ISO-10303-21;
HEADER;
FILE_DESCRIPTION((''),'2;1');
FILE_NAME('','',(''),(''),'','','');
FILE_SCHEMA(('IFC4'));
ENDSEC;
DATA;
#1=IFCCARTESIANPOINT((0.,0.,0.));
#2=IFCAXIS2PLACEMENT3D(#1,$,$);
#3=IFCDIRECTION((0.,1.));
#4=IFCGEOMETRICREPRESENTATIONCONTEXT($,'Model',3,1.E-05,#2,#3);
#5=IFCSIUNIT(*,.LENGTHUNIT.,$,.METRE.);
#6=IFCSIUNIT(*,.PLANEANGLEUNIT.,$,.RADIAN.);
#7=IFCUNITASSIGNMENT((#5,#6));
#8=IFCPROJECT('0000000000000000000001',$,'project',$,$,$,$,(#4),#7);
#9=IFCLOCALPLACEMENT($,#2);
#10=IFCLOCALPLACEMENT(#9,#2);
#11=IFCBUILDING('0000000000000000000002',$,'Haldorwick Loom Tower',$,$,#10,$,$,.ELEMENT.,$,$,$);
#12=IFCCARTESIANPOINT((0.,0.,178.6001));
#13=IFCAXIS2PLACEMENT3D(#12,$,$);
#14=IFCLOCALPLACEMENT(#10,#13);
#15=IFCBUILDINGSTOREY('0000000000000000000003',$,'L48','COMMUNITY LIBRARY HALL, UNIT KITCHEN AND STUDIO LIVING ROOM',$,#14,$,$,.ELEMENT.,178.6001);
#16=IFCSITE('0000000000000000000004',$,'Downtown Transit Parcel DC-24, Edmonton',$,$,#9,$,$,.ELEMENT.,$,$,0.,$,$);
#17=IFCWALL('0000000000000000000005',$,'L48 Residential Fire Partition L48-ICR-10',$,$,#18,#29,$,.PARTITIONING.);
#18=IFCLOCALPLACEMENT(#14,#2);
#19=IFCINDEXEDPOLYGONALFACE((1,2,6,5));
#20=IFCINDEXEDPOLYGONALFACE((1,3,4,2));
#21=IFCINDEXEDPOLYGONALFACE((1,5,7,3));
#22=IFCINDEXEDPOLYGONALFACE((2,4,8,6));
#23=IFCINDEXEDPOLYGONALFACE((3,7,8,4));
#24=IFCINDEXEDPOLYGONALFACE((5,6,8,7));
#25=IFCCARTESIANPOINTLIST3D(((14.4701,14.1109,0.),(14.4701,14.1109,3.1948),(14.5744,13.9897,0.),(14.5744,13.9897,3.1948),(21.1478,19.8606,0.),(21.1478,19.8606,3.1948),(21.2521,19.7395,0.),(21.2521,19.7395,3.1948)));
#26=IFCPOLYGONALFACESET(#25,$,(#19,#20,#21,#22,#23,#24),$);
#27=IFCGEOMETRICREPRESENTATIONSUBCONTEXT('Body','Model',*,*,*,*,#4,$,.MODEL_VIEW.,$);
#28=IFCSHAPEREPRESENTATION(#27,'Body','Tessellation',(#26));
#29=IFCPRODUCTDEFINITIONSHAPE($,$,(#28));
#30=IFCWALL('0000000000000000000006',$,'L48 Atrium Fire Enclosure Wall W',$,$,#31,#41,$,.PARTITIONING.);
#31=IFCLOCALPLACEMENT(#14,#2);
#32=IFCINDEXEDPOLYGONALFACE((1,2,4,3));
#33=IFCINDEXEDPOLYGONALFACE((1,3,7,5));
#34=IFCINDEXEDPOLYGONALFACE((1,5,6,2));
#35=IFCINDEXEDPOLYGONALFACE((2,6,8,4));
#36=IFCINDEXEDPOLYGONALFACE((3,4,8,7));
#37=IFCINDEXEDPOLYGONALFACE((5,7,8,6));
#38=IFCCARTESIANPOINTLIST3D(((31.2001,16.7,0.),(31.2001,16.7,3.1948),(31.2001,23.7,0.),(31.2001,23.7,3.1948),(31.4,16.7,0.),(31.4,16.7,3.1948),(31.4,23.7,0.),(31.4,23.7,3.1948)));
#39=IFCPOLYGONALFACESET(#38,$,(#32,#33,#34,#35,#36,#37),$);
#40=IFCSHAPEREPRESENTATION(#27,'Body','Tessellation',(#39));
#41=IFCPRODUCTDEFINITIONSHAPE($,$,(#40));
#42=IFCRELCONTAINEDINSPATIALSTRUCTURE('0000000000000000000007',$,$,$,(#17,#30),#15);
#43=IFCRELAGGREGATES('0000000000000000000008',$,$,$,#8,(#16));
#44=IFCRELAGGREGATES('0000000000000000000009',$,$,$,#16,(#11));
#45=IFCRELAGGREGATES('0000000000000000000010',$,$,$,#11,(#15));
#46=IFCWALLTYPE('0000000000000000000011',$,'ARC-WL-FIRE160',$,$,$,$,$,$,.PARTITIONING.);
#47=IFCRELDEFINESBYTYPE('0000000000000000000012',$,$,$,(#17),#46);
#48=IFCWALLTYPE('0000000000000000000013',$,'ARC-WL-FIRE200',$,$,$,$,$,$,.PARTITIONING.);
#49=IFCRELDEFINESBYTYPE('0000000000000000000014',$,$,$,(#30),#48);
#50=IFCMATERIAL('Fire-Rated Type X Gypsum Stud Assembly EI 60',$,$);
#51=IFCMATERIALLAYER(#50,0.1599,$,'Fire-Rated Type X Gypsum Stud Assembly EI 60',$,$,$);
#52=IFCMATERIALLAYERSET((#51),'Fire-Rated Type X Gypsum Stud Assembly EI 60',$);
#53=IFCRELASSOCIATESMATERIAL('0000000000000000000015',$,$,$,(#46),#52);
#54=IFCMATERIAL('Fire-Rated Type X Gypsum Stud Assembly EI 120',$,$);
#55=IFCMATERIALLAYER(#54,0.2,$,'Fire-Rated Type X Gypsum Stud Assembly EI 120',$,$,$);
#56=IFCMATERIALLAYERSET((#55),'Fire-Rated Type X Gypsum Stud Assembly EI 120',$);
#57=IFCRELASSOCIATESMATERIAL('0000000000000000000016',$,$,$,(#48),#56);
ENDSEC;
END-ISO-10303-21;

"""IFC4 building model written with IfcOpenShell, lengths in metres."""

from ifc_helpers import new_model, si_unit, direction, frame, frame_2d, origin, place, context, subcontext, project, spatial, rectangle, extrude, material, layer, layer_set, type_object, element, save


model = new_model("IFC4")

# Units and contexts
model_context = context("Model", 3, precision=1e-05, world=origin(), true_north=direction((0.0, 1.0)))
body_context = subcontext(model_context, "Body", "Model", "MODEL_VIEW")
ifc_project = project(units=[si_unit("LENGTHUNIT", "METRE"), si_unit("PLANEANGLEUNIT", "RADIAN")], contexts=[model_context])

# Site, building, storey
site_placement = place(None, origin())
site = spatial("IfcSite", under=ifc_project, at=site_placement, Name="Downtown Transit Parcel DC-24, Edmonton", CompositionType="ELEMENT", RefElevation=0.0)
building_placement = place(site_placement, origin())
building = spatial("IfcBuilding", under=site, at=building_placement, Name="Haldorwick Loom Tower", CompositionType="ELEMENT")
storey_placement = place(building_placement, frame((0.0, 0.0, 178.6001)))
storey = spatial("IfcBuildingStorey", under=building, at=storey_placement, Name="L48", Description="COMMUNITY LIBRARY HALL, UNIT KITCHEN AND STUDIO LIVING ROOM", CompositionType="ELEMENT", Elevation=178.6001)

# Walls
ifc_material_1 = material(Name="Fire-Rated Type X Gypsum Stud Assembly EI 60")
ifc_layer_1 = layer(ifc_material_1, 0.1599, Name="Fire-Rated Type X Gypsum Stud Assembly EI 60")
ifc_layer_set_1 = layer_set([ifc_layer_1], Name="Fire-Rated Type X Gypsum Stud Assembly EI 60")
wall_type_1 = type_object("IfcWallType", Name="ARC-WL-FIRE160", PredefinedType="PARTITIONING", material=ifc_layer_set_1)
wall_1_placement = place(storey_placement, frame((21.2, 19.8, 0.0), z_axis=(0.0, 0.0, 1.0), x_axis=(-0.757798, -0.65249, 0.0)))
element("IfcWall", 1, at=wall_1_placement, inside=storey, type_object=wall_type_1, Name="L48 Residential Fire Partition L48-ICR-10", PredefinedType="PARTITIONING", context=body_context, shape_type="SweptSolid", body=[
    extrude(rectangle(XDim=8.812, YDim=0.1599, at=frame_2d((4.406, 0.0))), origin(), (0.0, 0.0, 1.0), 3.1948),
])
ifc_material_2 = material(Name="Fire-Rated Type X Gypsum Stud Assembly EI 120")
ifc_layer_2 = layer(ifc_material_2, 0.2, Name="Fire-Rated Type X Gypsum Stud Assembly EI 120")
ifc_layer_set_2 = layer_set([ifc_layer_2], Name="Fire-Rated Type X Gypsum Stud Assembly EI 120")
wall_type_2 = type_object("IfcWallType", Name="ARC-WL-FIRE200", PredefinedType="PARTITIONING", material=ifc_layer_set_2)
wall_2_placement = place(storey_placement, frame((31.3, 16.7, 0.0), z_axis=(0.0, 0.0, 1.0), x_axis=(0.0, 1.0, 0.0)))
element("IfcWall", 2, at=wall_2_placement, inside=storey, type_object=wall_type_2, Name="L48 Atrium Fire Enclosure Wall W", PredefinedType="PARTITIONING", context=body_context, shape_type="SweptSolid", body=[
    extrude(rectangle(XDim=7.0, YDim=0.2, at=frame_2d((3.5, 0.0))), origin(), (0.0, 0.0, 1.0), 3.1948),
])

save(model, "model.ifc")
